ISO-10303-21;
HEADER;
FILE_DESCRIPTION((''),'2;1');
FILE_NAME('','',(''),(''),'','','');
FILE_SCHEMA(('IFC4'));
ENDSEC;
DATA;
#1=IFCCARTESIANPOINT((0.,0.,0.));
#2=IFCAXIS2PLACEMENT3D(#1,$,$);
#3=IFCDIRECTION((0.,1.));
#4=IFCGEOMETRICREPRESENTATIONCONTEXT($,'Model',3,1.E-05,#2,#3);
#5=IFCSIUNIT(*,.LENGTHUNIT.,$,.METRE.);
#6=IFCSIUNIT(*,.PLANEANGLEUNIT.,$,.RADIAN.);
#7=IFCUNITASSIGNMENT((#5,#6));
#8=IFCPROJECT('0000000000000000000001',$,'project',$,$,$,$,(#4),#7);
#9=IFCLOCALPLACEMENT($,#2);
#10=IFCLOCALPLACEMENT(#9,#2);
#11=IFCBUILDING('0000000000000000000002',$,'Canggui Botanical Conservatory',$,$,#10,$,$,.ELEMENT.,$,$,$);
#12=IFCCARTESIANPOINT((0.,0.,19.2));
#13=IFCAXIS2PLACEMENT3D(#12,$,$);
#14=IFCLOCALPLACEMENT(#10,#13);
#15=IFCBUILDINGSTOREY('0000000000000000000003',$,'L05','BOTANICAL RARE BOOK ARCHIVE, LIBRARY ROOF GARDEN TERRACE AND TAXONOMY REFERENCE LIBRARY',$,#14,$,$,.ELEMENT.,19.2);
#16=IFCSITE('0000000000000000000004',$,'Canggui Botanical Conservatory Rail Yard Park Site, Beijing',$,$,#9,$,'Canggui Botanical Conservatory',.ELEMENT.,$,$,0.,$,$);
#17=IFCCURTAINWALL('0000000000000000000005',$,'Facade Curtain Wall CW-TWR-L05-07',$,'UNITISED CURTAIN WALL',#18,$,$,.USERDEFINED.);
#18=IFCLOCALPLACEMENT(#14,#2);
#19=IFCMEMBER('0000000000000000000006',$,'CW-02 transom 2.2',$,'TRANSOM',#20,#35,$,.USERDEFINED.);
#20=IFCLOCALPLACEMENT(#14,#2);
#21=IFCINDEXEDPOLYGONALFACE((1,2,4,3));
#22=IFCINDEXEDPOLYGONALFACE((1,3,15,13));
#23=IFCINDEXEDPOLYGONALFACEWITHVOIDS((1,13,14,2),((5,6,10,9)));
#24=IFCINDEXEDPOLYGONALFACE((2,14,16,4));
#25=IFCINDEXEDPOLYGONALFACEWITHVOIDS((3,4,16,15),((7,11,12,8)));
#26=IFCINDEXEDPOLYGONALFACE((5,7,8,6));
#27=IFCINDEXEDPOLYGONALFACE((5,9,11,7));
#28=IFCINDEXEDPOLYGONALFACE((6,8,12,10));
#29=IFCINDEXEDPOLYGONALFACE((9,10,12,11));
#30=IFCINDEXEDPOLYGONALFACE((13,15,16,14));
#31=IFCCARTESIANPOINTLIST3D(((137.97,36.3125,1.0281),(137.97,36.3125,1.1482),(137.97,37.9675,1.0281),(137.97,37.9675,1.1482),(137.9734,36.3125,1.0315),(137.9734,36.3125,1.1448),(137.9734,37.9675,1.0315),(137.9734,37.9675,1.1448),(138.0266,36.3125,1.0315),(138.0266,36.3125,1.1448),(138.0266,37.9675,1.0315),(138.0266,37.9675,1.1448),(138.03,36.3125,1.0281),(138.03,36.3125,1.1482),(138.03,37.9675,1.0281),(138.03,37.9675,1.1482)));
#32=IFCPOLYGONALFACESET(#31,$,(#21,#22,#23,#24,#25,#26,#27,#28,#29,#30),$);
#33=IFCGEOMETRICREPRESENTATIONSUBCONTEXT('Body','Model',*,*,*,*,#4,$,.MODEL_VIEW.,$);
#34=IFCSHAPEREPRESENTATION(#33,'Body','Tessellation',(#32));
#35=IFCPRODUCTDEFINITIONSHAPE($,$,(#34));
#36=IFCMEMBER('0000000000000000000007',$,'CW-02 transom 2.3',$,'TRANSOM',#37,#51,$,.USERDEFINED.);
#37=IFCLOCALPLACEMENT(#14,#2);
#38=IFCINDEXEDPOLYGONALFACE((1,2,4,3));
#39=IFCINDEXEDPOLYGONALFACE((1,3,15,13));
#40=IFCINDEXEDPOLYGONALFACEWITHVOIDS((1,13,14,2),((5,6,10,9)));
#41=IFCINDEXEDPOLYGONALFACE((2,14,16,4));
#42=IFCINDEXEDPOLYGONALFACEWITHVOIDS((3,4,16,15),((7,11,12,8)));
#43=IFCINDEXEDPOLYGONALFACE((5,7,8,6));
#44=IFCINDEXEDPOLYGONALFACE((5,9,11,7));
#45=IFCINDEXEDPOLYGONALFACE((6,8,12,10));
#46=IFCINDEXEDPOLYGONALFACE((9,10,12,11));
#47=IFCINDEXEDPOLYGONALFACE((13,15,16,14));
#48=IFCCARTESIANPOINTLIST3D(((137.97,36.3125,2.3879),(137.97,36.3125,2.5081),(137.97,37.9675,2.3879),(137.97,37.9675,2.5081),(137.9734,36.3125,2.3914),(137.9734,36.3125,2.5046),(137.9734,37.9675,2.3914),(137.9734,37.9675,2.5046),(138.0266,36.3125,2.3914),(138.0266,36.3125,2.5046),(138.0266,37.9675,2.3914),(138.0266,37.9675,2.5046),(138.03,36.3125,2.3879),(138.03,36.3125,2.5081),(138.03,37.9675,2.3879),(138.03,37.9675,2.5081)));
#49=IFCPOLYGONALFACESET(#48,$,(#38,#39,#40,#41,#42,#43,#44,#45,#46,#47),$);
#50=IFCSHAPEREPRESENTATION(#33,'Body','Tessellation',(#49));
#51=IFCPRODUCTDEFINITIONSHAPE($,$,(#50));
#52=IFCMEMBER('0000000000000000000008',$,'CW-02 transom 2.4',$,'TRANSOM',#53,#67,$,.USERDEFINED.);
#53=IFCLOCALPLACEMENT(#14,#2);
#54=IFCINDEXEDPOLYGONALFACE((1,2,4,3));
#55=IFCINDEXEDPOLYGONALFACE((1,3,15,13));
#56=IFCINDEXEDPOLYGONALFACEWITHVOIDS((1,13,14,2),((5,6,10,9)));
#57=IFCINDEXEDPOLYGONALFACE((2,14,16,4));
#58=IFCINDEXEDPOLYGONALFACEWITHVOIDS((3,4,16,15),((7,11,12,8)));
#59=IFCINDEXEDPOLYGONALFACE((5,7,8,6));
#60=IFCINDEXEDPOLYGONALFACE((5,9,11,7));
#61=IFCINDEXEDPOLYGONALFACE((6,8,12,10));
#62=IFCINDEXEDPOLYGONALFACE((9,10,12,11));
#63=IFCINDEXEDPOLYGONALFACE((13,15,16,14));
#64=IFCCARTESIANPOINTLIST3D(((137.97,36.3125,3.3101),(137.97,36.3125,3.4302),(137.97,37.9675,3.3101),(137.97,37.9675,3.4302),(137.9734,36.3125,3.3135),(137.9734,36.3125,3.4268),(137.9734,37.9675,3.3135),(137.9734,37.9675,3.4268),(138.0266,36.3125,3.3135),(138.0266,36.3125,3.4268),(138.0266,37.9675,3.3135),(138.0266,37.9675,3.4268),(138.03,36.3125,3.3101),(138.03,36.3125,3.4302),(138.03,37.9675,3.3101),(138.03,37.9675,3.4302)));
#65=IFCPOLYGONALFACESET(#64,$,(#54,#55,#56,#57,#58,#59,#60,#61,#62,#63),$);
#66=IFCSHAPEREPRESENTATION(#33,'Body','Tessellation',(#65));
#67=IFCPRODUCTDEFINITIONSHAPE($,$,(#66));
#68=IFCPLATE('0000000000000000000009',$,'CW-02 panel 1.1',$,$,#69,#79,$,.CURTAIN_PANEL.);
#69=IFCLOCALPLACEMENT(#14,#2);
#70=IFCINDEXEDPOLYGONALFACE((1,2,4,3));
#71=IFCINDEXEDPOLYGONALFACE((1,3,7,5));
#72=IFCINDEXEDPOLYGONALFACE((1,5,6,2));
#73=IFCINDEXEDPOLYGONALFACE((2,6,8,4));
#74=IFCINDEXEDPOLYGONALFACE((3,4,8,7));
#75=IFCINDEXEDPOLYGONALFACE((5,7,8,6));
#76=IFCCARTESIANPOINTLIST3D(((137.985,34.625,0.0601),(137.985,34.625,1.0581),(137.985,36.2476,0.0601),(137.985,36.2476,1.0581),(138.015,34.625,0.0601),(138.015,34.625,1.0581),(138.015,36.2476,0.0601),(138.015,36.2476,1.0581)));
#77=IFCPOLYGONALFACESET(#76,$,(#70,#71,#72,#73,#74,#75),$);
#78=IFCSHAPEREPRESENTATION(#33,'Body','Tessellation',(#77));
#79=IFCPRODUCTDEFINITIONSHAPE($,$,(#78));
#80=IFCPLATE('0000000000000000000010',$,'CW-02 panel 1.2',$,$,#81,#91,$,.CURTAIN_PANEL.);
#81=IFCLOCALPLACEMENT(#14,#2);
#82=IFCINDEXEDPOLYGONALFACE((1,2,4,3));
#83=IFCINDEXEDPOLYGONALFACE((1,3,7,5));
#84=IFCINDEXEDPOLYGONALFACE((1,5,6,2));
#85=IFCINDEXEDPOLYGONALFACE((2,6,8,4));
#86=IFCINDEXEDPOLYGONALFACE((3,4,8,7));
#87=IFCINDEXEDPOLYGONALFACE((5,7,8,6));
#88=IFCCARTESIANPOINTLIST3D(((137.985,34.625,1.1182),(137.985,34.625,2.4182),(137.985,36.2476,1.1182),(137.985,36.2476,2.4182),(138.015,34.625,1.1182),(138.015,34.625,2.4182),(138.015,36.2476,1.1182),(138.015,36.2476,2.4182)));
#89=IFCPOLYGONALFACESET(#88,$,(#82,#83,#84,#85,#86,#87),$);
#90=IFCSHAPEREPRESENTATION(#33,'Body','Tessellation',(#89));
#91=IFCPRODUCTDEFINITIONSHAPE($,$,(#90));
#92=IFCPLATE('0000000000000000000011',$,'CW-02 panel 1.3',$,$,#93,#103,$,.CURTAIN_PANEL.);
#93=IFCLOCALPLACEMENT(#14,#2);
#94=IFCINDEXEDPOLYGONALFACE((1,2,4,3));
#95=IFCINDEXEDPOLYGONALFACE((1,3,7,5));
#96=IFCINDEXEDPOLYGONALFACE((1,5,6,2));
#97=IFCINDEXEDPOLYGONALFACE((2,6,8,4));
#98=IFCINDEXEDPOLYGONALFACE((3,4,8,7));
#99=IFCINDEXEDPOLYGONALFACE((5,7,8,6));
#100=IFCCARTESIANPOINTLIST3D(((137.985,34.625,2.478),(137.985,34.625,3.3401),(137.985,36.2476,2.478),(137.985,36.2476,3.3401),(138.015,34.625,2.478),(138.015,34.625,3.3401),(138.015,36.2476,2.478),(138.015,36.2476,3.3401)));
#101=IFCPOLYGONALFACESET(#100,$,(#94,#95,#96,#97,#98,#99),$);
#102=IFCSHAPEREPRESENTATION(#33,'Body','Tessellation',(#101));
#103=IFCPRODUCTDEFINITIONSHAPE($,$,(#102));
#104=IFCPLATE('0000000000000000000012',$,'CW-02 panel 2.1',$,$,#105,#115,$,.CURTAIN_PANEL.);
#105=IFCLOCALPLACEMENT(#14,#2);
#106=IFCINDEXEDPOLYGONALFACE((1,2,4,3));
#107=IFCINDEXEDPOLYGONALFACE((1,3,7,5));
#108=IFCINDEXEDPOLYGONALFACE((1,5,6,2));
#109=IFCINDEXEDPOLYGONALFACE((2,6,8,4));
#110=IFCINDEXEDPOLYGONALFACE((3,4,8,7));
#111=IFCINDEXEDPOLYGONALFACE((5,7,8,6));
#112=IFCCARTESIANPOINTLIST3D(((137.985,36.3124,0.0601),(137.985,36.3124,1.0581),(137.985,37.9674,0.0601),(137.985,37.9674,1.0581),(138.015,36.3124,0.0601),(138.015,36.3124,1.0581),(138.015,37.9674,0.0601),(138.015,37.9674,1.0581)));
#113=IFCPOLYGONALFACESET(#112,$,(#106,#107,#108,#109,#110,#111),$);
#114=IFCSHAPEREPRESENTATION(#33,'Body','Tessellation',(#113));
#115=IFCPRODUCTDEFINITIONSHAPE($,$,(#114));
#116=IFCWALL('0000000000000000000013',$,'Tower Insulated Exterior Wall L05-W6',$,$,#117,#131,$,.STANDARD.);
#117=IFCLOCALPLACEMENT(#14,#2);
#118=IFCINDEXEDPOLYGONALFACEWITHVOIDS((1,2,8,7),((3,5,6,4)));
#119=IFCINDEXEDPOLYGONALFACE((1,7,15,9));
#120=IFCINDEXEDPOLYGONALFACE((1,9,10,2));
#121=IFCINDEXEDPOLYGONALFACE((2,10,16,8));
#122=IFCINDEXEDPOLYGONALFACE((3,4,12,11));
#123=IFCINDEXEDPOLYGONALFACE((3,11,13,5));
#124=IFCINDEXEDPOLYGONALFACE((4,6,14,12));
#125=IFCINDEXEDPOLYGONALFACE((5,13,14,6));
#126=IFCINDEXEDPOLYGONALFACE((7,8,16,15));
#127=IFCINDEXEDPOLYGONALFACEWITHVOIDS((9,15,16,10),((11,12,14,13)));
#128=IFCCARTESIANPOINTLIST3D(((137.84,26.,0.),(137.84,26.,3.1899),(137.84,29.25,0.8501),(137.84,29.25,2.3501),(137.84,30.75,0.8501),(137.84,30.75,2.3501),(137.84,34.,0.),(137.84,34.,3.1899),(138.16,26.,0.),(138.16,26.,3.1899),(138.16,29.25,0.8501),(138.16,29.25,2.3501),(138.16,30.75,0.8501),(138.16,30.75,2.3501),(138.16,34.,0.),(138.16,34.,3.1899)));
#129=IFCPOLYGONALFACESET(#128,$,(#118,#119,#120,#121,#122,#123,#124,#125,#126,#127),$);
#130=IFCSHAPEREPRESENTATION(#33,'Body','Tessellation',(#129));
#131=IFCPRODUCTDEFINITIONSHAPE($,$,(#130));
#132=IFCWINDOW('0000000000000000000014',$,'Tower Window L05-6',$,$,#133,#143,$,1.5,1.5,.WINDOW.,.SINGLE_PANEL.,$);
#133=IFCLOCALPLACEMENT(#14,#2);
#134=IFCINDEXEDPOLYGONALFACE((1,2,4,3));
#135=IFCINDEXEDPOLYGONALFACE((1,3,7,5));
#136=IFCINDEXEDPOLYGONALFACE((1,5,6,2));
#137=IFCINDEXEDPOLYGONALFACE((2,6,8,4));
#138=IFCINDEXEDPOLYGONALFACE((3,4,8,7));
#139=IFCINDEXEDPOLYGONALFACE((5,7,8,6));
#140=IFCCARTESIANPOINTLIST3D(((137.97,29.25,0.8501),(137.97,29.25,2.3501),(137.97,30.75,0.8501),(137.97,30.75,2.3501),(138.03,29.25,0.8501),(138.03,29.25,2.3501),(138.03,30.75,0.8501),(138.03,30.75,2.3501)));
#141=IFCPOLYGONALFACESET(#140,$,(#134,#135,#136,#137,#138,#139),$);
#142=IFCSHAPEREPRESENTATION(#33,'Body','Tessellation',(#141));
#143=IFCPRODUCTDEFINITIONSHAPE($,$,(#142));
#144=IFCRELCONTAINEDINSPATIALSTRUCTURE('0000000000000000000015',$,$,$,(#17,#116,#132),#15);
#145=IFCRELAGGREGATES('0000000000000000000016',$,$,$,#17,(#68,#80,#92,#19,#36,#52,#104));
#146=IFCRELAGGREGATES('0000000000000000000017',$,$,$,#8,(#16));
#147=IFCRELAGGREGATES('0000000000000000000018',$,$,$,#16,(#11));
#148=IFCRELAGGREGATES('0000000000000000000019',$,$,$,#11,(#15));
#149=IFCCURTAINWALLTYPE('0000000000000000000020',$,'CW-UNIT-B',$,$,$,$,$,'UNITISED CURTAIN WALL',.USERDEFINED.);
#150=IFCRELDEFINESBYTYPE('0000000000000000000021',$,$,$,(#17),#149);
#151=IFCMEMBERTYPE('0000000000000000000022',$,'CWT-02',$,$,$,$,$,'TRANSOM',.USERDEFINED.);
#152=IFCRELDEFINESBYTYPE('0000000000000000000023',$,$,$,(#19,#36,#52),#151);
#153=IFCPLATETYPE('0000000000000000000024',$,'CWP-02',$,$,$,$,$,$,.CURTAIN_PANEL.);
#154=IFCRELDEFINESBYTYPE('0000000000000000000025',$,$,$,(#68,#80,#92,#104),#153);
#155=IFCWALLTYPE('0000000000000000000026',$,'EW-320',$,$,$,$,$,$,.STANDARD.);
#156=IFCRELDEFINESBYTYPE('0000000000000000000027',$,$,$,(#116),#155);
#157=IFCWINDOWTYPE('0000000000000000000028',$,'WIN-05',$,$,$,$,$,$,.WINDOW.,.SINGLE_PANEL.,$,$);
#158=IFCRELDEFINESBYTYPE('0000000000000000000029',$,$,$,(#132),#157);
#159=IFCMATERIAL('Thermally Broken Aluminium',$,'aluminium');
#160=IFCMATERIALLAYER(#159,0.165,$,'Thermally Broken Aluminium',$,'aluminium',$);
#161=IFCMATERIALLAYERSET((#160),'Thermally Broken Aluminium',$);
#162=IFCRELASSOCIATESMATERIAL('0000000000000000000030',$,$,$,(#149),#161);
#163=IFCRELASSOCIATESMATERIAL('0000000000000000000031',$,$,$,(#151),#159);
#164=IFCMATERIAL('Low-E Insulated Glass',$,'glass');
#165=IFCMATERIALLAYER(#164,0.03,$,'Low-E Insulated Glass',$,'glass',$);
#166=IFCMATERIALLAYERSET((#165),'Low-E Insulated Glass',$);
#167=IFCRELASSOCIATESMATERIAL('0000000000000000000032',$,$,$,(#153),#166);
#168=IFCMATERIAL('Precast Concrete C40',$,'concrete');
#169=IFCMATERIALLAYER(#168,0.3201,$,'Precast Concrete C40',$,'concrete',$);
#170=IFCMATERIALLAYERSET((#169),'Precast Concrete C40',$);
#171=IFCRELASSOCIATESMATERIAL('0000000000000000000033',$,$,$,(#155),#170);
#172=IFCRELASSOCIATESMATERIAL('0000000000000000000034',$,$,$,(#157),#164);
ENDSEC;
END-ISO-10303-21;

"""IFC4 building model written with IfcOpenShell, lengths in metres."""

from ifc_helpers import new_model, si_unit, direction, frame, frame_2d, origin, origin_2d, place, context, subcontext, project, spatial, rectangle, hollow_rectangle, extrude, material, layer, layer_set, material_profile, profile_set, type_object, element, fill, aggregate, save


model = new_model("IFC4")

# Units and contexts
model_context = context("Model", 3, precision=1e-05, world=origin(), true_north=direction((0.0, 1.0)))
body_context = subcontext(model_context, "Body", "Model", "MODEL_VIEW")
ifc_project = project(units=[si_unit("LENGTHUNIT", "METRE"), si_unit("PLANEANGLEUNIT", "RADIAN")], contexts=[model_context])

# Site, building, storey
site_placement = place(None, origin())
site = spatial("IfcSite", under=ifc_project, at=site_placement, Name="Canggui Botanical Conservatory Rail Yard Park Site, Beijing", LongName="Canggui Botanical Conservatory", CompositionType="ELEMENT", RefElevation=0.0)
building_placement = place(site_placement, origin())
building = spatial("IfcBuilding", under=site, at=building_placement, Name="Canggui Botanical Conservatory", CompositionType="ELEMENT")
storey_placement = place(building_placement, frame((0.0, 0.0, 19.2)))
storey = spatial("IfcBuildingStorey", under=building, at=storey_placement, Name="L05", Description="BOTANICAL RARE BOOK ARCHIVE, LIBRARY ROOF GARDEN TERRACE AND TAXONOMY REFERENCE LIBRARY", CompositionType="ELEMENT", Elevation=19.2)

# Curtain wall, members, plates
ifc_material_1 = material(Name="Thermally Broken Aluminium", Category="aluminium")
ifc_layer_1 = layer(ifc_material_1, 0.165, Name="Thermally Broken Aluminium", Category="aluminium")
ifc_layer_set_1 = layer_set([ifc_layer_1], Name="Thermally Broken Aluminium")
curtain_wall_type = type_object("IfcCurtainWallType", Name="CW-UNIT-B", ElementType="UNITISED CURTAIN WALL", PredefinedType="USERDEFINED", material=ifc_layer_set_1)
curtain_wall_placement = place(storey_placement, origin())
curtain_wall = element("IfcCurtainWall", 1, at=curtain_wall_placement, inside=storey, type_object=curtain_wall_type, Name="Facade Curtain Wall CW-TWR-L05-07", ObjectType="UNITISED CURTAIN WALL", PredefinedType="USERDEFINED")
ifc_material_profile_1 = material_profile(ifc_material_1, hollow_rectangle(XDim=0.0601, YDim=0.1201, WallThickness=0.0034, at=origin_2d()), Name="CWT 60x120x3.5")
ifc_profile_set_1 = profile_set([ifc_material_profile_1], Name="Thermally Broken Aluminium")
member_type_1 = type_object("IfcMemberType", Name="CWT-02", ElementType="TRANSOM", PredefinedType="USERDEFINED", material=ifc_profile_set_1)
member_1_placement = place(storey_placement, frame((138.0, 36.3125, 1.0881), z_axis=(0.0, 1.0, 0.0), x_axis=(-1.0, 0.0, 0.0)))
member_1 = element("IfcMember", 2, at=member_1_placement, type_object=member_type_1, Name="CW-02 transom 2.2", ObjectType="TRANSOM", PredefinedType="USERDEFINED", context=body_context, shape_type="SweptSolid", body=[
    extrude(hollow_rectangle(XDim=0.0601, YDim=0.1201, WallThickness=0.0034, at=origin_2d()), origin(), (0.0, 0.0, 1.0), 1.655),
])
member_2_placement = place(storey_placement, frame((138.0, 36.3125, 2.448), z_axis=(0.0, 1.0, 0.0), x_axis=(-1.0, 0.0, 0.0)))
member_2 = element("IfcMember", 3, at=member_2_placement, type_object=member_type_1, Name="CW-02 transom 2.3", ObjectType="TRANSOM", PredefinedType="USERDEFINED", context=body_context, shape_type="SweptSolid", body=[
    extrude(hollow_rectangle(XDim=0.0601, YDim=0.1201, WallThickness=0.0034, at=origin_2d()), origin(), (0.0, 0.0, 1.0), 1.655),
])
member_3_placement = place(storey_placement, frame((138.0, 36.3125, 3.3701), z_axis=(0.0, 1.0, 0.0), x_axis=(-1.0, 0.0, 0.0)))
member_3 = element("IfcMember", 4, at=member_3_placement, type_object=member_type_1, Name="CW-02 transom 2.4", ObjectType="TRANSOM", PredefinedType="USERDEFINED", context=body_context, shape_type="SweptSolid", body=[
    extrude(hollow_rectangle(XDim=0.0601, YDim=0.1201, WallThickness=0.0034, at=origin_2d()), origin(), (0.0, 0.0, 1.0), 1.655),
])
ifc_material_2 = material(Name="Low-E Insulated Glass", Category="glass")
ifc_layer_2 = layer(ifc_material_2, 0.03, Name="Low-E Insulated Glass", Category="glass")
ifc_layer_set_2 = layer_set([ifc_layer_2], Name="Low-E Insulated Glass")
plate_type = type_object("IfcPlateType", Name="CWP-02", PredefinedType="CURTAIN_PANEL", material=ifc_layer_set_2)
plate_1_placement = place(storey_placement, frame((138.0, 35.4363, 0.0601), z_axis=(0.0, 0.0, 1.0), x_axis=(0.0, 1.0, 0.0)))
plate_1 = element("IfcPlate", 5, at=plate_1_placement, type_object=plate_type, Name="CW-02 panel 1.1", PredefinedType="CURTAIN_PANEL", context=body_context, shape_type="SweptSolid", body=[
    extrude(rectangle(XDim=1.6226, YDim=0.03, at=origin_2d()), origin(), (0.0, 0.0, 1.0), 0.998),
])
plate_2_placement = place(storey_placement, frame((138.0, 35.4363, 1.1182), z_axis=(0.0, 0.0, 1.0), x_axis=(0.0, 1.0, 0.0)))
plate_2 = element("IfcPlate", 6, at=plate_2_placement, type_object=plate_type, Name="CW-02 panel 1.2", PredefinedType="CURTAIN_PANEL", context=body_context, shape_type="SweptSolid", body=[
    extrude(rectangle(XDim=1.6226, YDim=0.03, at=origin_2d()), origin(), (0.0, 0.0, 1.0), 1.3),
])
plate_3_placement = place(storey_placement, frame((138.0, 35.4363, 2.478), z_axis=(0.0, 0.0, 1.0), x_axis=(0.0, 1.0, 0.0)))
plate_3 = element("IfcPlate", 7, at=plate_3_placement, type_object=plate_type, Name="CW-02 panel 1.3", PredefinedType="CURTAIN_PANEL", context=body_context, shape_type="SweptSolid", body=[
    extrude(rectangle(XDim=1.6226, YDim=0.03, at=origin_2d()), origin(), (0.0, 0.0, 1.0), 0.8621),
])
plate_4_placement = place(storey_placement, frame((138.0, 37.1399, 0.0601), z_axis=(0.0, 0.0, 1.0), x_axis=(0.0, 1.0, 0.0)))
plate_4 = element("IfcPlate", 8, at=plate_4_placement, type_object=plate_type, Name="CW-02 panel 2.1", PredefinedType="CURTAIN_PANEL", context=body_context, shape_type="SweptSolid", body=[
    extrude(rectangle(XDim=1.655, YDim=0.03, at=origin_2d()), origin(), (0.0, 0.0, 1.0), 0.998),
])
aggregate(curtain_wall, [plate_1, plate_2, plate_3, member_1, member_2, member_3, plate_4])

# Wall, opening, window
ifc_material_3 = material(Name="Precast Concrete C40", Category="concrete")
ifc_layer_3 = layer(ifc_material_3, 0.3201, Name="Precast Concrete C40", Category="concrete")
ifc_layer_set_3 = layer_set([ifc_layer_3], Name="Precast Concrete C40")
wall_type = type_object("IfcWallType", Name="EW-320", PredefinedType="STANDARD", material=ifc_layer_set_3)
wall_placement = place(storey_placement, frame((138.0, 26.0, 0.0), z_axis=(0.0, 0.0, 1.0), x_axis=(0.0, 1.0, 0.0)))
wall = element("IfcWall", 9, at=wall_placement, inside=storey, type_object=wall_type, Name="Tower Insulated Exterior Wall L05-W6", PredefinedType="STANDARD", context=body_context, shape_type="SweptSolid", body=[
    extrude(rectangle(XDim=8.0, YDim=0.3201, at=frame_2d((4.0, 0.0))), origin(), (0.0, 0.0, 1.0), 3.1899),
])
opening_placement = place(wall_placement, frame((3.25, 0.0, 0.8501)))
opening = element("IfcOpeningElement", 10, at=opening_placement, cuts=wall, PredefinedType="OPENING", context=body_context, shape_type="SweptSolid", body=[
    extrude(rectangle(XDim=1.5, YDim=1.5, at=frame_2d((0.75, 0.75))), frame((0.0, 0.1699, 0.0), z_axis=(0.0, -1.0, 0.0), x_axis=(1.0, 0.0, 0.0)), (0.0, 0.0, 1.0), 0.3401),
])
window_type = type_object("IfcWindowType", Name="WIN-05", PartitioningType="SINGLE_PANEL", PredefinedType="WINDOW", material=ifc_material_2)
window_placement = place(opening_placement, origin())
window = element("IfcWindow", 11, at=window_placement, inside=storey, type_object=window_type, Name="Tower Window L05-6", OverallHeight=1.5, OverallWidth=1.5, PartitioningType="SINGLE_PANEL", PredefinedType="WINDOW", context=body_context, shape_type="SweptSolid", body=[
    extrude(rectangle(XDim=1.5, YDim=1.5, at=frame_2d((0.75, 0.75))), frame((0.0, 0.03, 0.0), z_axis=(0.0, -1.0, 0.0), x_axis=(1.0, 0.0, 0.0)), (0.0, 0.0, 1.0), 0.0601),
])
fill(opening, window)

save(model, "model.ifc")
